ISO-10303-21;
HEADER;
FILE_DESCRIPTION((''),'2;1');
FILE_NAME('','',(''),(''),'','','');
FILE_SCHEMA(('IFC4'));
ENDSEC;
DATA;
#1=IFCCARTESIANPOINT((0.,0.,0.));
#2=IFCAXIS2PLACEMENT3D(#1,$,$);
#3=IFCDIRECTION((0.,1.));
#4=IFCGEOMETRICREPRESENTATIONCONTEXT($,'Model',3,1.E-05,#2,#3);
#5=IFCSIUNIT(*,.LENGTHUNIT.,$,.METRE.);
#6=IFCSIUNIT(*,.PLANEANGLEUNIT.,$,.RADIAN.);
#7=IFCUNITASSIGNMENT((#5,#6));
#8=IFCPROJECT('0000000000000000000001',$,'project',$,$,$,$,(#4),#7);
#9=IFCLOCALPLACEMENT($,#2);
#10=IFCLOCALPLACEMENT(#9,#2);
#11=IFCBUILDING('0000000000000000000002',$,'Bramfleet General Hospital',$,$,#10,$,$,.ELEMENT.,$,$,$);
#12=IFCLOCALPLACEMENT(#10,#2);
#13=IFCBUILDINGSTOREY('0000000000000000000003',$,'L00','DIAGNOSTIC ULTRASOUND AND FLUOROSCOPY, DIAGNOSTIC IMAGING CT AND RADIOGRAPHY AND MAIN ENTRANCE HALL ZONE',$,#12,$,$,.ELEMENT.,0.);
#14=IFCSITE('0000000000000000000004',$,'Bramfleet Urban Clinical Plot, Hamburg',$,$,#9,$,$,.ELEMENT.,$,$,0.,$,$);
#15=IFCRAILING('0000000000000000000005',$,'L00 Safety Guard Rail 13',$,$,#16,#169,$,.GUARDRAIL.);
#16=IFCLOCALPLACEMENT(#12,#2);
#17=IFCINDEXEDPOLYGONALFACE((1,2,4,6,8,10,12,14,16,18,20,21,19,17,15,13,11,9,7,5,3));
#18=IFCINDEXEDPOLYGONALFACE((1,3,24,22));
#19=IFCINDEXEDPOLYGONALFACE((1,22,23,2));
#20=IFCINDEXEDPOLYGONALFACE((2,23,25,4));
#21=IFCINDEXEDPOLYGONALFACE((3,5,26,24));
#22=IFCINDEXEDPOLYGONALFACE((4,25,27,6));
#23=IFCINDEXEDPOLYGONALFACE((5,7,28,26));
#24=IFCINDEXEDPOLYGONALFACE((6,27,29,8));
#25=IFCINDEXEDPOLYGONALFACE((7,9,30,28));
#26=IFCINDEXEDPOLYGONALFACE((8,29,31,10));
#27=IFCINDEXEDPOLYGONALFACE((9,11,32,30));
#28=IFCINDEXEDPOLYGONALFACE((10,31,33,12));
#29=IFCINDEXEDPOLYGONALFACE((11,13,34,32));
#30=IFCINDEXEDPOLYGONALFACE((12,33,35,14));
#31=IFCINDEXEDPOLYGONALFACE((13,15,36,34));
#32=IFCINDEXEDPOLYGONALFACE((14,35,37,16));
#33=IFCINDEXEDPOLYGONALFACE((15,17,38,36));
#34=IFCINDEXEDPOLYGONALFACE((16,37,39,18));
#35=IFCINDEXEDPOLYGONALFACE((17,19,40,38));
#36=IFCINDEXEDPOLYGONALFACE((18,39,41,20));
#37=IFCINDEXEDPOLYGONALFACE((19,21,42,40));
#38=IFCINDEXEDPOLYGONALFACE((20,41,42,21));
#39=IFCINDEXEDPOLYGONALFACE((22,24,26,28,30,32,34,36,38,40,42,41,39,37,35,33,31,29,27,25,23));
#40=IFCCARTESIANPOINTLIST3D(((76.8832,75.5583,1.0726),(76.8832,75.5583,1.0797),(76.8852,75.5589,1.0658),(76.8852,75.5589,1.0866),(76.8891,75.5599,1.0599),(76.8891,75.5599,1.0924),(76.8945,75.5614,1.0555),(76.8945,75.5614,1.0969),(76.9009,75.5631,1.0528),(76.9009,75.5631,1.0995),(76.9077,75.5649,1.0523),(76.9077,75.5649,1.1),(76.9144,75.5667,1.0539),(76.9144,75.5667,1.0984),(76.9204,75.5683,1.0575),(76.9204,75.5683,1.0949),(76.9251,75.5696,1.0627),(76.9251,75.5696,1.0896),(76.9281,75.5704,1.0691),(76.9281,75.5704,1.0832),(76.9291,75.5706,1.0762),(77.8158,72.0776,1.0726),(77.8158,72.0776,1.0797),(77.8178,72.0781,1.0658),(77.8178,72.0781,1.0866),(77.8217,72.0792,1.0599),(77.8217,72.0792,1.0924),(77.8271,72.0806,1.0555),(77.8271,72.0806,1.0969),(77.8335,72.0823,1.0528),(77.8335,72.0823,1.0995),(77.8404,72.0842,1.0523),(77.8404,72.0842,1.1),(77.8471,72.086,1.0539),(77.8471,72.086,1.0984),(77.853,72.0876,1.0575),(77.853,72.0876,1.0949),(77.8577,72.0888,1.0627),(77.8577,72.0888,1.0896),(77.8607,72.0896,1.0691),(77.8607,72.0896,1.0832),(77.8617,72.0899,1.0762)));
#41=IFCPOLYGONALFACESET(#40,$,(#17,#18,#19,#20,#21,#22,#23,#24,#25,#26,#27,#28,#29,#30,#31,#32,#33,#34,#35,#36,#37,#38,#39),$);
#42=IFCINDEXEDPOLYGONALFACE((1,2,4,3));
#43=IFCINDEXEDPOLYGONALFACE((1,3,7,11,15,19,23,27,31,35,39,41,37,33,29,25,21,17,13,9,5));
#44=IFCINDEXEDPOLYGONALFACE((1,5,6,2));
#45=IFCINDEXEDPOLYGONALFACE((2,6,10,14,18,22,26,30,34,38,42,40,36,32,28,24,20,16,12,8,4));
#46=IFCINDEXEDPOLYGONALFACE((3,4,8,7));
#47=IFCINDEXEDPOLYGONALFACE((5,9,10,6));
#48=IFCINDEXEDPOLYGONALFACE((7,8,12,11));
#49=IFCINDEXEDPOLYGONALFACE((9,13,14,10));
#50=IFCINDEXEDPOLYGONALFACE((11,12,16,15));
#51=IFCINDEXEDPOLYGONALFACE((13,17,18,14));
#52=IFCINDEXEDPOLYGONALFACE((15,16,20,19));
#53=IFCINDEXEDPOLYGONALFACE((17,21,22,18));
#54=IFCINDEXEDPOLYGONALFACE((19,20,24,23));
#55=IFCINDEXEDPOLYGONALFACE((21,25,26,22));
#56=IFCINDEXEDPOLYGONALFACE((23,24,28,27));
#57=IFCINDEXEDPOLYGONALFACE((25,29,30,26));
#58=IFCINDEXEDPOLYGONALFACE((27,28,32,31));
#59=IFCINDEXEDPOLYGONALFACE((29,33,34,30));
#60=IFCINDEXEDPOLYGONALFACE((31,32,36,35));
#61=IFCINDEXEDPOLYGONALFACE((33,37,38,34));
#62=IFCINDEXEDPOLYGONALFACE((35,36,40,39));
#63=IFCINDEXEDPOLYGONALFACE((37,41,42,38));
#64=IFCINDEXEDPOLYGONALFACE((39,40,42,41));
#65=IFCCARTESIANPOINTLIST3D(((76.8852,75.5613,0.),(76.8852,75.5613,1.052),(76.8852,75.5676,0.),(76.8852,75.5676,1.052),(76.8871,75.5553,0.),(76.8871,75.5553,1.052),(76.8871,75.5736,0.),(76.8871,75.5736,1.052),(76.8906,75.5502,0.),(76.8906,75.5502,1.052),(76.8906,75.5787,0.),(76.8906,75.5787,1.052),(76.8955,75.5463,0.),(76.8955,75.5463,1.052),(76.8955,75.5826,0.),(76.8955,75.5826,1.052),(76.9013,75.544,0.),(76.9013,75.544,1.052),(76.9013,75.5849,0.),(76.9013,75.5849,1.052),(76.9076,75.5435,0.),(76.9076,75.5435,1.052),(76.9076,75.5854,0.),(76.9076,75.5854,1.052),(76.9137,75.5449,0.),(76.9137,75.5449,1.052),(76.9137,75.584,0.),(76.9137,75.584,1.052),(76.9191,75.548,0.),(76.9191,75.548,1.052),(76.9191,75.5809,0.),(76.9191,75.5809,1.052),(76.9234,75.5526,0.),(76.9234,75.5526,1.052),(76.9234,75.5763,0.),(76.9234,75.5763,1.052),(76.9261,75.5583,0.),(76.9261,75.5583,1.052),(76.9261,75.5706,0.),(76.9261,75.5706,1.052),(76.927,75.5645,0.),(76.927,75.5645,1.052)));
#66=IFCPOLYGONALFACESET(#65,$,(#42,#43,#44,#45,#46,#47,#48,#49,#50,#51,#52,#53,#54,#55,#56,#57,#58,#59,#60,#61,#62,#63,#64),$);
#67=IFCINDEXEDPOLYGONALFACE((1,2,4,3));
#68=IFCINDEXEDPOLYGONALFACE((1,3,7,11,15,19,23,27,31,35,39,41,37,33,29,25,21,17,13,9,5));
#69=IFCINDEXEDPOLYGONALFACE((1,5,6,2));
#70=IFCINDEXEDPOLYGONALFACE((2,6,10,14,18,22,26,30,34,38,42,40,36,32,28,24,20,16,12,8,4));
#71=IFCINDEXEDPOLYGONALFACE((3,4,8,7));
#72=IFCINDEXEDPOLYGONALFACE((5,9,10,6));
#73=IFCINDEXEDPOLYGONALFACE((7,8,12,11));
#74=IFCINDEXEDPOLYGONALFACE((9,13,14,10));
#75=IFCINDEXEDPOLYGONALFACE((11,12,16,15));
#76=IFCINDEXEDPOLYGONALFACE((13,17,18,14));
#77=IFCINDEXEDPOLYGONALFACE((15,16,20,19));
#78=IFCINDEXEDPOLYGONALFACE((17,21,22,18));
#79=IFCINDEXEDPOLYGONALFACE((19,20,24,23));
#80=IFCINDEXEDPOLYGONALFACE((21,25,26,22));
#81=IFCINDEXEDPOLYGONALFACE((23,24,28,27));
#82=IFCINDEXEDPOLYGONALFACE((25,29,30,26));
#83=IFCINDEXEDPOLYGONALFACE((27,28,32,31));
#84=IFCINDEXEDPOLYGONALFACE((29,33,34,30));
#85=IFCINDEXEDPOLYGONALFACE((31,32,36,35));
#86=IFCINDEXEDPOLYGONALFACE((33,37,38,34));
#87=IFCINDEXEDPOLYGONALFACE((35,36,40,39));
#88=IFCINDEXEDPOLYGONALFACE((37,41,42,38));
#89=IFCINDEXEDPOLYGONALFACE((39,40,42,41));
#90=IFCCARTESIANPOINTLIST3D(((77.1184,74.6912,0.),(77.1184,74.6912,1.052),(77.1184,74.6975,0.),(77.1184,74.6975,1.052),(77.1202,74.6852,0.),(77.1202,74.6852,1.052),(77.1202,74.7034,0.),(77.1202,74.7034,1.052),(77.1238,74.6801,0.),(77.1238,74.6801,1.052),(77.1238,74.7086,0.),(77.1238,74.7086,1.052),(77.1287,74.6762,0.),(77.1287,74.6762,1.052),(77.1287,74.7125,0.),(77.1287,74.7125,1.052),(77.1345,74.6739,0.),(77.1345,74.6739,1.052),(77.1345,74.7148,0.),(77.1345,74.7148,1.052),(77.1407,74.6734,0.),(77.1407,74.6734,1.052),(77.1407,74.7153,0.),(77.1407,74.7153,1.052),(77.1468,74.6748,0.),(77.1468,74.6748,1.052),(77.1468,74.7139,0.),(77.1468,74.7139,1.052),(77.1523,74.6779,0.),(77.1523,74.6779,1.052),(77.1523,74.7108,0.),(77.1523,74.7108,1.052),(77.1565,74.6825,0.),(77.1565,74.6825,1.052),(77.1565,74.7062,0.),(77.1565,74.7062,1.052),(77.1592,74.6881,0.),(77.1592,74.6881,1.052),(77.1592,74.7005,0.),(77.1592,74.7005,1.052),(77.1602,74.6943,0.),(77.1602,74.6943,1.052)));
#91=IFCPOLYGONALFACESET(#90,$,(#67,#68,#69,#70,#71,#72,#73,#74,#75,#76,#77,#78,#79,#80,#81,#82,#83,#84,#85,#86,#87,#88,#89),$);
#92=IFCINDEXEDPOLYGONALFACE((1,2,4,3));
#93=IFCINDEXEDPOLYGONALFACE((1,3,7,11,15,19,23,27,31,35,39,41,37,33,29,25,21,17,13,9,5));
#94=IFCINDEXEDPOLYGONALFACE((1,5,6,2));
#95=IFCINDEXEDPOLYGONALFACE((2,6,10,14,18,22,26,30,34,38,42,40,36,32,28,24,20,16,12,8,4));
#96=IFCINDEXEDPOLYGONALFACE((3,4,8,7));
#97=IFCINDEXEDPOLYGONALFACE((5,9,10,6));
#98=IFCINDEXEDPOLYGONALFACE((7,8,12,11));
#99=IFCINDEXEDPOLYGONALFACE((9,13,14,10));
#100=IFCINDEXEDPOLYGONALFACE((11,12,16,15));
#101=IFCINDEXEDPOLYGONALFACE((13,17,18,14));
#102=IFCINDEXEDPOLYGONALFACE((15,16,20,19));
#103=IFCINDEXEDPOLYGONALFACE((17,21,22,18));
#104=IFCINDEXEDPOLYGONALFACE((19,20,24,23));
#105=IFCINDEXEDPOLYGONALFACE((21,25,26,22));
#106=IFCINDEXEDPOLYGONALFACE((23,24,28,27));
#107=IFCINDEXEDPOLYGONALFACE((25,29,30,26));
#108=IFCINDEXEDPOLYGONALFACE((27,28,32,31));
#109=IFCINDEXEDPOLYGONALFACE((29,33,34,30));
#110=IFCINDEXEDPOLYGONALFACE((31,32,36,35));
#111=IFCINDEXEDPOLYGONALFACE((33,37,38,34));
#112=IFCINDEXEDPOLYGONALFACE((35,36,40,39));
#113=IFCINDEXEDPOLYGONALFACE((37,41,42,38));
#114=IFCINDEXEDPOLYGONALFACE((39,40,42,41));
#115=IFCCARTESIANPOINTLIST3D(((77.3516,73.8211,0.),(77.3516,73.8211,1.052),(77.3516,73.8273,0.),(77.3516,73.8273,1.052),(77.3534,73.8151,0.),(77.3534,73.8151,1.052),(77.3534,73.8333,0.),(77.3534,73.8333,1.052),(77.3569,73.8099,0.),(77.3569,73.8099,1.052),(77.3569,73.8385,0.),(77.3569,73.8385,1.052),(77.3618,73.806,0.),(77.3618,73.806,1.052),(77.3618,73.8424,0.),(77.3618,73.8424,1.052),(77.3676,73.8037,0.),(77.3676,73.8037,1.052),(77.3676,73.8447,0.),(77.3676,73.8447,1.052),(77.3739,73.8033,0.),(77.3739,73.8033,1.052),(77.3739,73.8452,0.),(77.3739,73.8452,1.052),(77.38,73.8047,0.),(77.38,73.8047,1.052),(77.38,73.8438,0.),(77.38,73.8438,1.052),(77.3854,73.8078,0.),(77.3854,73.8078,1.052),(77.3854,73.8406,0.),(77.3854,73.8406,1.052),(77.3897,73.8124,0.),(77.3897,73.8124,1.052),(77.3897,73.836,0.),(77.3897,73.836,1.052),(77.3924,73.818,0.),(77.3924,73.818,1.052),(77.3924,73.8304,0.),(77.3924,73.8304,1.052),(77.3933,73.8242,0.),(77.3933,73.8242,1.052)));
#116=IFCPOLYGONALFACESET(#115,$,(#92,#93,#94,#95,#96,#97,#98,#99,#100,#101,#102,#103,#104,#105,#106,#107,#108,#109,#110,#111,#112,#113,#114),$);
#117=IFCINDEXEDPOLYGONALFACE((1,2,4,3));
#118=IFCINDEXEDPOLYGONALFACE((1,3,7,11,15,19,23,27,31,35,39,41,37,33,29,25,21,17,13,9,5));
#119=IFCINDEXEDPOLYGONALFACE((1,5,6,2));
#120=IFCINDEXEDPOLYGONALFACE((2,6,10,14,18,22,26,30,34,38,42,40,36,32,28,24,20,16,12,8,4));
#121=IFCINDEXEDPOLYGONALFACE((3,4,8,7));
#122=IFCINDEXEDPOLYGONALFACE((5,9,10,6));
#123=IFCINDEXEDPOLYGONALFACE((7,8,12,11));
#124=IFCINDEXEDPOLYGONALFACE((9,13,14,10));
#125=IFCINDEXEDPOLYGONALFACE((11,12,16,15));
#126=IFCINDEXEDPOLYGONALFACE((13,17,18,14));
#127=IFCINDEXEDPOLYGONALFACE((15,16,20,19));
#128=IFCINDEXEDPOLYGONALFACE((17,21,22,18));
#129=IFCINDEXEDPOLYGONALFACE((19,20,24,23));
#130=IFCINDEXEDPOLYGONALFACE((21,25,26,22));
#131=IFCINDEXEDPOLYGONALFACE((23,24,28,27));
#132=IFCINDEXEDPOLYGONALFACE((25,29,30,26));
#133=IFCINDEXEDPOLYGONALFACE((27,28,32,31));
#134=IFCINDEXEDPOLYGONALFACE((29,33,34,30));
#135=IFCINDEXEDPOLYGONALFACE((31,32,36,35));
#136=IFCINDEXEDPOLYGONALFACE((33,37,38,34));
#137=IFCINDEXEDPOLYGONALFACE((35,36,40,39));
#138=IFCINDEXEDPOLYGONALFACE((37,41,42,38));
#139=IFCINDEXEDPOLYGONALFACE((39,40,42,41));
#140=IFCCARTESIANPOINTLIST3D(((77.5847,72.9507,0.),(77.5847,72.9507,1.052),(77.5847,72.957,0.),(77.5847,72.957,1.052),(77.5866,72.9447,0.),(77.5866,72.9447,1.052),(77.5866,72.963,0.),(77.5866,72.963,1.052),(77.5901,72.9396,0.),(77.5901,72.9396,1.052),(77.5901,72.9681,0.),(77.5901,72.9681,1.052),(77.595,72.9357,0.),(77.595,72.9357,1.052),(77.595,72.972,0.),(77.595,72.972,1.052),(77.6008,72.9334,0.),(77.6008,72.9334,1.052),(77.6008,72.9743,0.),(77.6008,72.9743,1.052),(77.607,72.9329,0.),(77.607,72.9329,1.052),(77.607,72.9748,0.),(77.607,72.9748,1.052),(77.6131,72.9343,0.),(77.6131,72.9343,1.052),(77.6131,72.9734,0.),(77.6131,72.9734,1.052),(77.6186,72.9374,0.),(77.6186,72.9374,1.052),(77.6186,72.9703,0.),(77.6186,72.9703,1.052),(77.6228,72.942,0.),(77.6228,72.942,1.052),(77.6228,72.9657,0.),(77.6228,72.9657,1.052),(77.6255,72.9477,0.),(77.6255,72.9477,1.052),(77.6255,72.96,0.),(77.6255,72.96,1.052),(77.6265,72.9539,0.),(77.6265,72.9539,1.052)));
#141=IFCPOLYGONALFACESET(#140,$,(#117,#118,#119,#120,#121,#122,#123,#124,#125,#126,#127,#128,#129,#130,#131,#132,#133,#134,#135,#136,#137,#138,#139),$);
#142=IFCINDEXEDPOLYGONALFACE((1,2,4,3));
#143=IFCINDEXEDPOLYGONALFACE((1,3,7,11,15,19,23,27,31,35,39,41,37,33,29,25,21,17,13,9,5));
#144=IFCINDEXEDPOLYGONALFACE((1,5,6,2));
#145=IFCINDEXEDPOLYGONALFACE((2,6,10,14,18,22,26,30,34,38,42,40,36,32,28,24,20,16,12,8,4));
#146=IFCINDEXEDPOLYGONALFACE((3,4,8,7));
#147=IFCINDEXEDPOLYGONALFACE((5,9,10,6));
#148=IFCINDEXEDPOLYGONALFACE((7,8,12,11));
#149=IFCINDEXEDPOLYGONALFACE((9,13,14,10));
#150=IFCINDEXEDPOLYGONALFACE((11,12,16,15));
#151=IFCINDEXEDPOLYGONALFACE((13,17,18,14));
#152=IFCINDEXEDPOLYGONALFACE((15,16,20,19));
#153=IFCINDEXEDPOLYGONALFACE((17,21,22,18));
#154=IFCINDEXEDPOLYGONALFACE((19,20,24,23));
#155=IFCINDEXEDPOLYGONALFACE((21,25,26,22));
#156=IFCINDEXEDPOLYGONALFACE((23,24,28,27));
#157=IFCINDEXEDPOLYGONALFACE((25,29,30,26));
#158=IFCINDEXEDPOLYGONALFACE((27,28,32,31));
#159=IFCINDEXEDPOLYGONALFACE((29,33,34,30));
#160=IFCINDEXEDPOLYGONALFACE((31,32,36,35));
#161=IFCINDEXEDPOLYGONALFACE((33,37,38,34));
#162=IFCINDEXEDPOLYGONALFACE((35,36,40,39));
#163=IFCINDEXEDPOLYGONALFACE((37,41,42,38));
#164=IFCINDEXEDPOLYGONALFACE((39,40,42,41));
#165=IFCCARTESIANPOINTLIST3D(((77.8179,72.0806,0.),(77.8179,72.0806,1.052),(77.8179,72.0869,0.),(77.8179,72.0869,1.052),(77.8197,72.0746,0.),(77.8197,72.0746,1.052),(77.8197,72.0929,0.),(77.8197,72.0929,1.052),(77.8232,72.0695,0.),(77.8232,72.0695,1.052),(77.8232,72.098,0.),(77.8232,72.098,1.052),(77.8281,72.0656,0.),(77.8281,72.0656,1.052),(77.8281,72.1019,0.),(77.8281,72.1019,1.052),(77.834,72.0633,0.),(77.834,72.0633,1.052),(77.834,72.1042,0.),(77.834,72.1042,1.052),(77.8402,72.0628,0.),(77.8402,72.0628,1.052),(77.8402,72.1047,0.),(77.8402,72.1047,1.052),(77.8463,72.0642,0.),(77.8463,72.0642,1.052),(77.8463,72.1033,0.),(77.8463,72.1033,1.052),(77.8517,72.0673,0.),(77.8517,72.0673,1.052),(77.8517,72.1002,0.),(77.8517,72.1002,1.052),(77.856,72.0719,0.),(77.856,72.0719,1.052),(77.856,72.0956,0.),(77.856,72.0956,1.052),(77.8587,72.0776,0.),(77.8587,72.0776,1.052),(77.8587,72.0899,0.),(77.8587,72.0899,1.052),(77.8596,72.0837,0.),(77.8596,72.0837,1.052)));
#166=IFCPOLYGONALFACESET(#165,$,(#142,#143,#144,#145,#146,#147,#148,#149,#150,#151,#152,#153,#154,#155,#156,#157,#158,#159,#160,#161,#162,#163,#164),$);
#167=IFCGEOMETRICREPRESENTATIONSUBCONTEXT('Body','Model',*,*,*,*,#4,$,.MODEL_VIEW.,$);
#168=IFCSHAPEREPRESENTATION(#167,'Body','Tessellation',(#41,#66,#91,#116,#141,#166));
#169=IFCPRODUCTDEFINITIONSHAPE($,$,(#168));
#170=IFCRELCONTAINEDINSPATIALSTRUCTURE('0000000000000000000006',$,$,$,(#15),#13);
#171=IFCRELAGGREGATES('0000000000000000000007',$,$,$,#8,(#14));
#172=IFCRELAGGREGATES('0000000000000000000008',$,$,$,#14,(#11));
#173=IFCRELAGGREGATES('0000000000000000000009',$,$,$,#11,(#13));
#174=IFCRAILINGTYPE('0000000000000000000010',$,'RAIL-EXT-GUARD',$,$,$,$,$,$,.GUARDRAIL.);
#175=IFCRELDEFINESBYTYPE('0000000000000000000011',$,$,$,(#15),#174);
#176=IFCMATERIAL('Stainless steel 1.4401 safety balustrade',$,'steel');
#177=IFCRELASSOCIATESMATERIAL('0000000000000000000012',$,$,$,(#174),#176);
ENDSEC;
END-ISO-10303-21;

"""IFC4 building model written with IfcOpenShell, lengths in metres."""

from ifc_helpers import new_model, si_unit, direction, frame, origin, origin_2d, place, context, subcontext, project, spatial, circle, extrude, material, type_object, element, save


model = new_model("IFC4")

# Units and contexts
model_context = context("Model", 3, precision=1e-05, world=origin(), true_north=direction((0.0, 1.0)))
body_context = subcontext(model_context, "Body", "Model", "MODEL_VIEW")
ifc_project = project(units=[si_unit("LENGTHUNIT", "METRE"), si_unit("PLANEANGLEUNIT", "RADIAN")], contexts=[model_context])

# Site, building, storey
site_placement = place(None, origin())
site = spatial("IfcSite", under=ifc_project, at=site_placement, Name="Bramfleet Urban Clinical Plot, Hamburg", CompositionType="ELEMENT", RefElevation=0.0)
building_placement = place(site_placement, origin())
building = spatial("IfcBuilding", under=site, at=building_placement, Name="Bramfleet General Hospital", CompositionType="ELEMENT")
storey_placement = place(building_placement, origin())
storey = spatial("IfcBuildingStorey", under=building, at=storey_placement, Name="L00", Description="DIAGNOSTIC ULTRASOUND AND FLUOROSCOPY, DIAGNOSTIC IMAGING CT AND RADIOGRAPHY AND MAIN ENTRANCE HALL ZONE", CompositionType="ELEMENT", Elevation=0.0)

# Railing
ifc_material_1 = material(Name="Stainless steel 1.4401 safety balustrade", Category="steel")
railing_type = type_object("IfcRailingType", Name="RAIL-EXT-GUARD", PredefinedType="GUARDRAIL", material=ifc_material_1)
railing_placement = place(storey_placement, frame((76.906, 75.5645, 0.0)))
element("IfcRailing", 1, at=railing_placement, inside=storey, type_object=railing_type, Name="L00 Safety Guard Rail 13", PredefinedType="GUARDRAIL", context=body_context, shape_type="SweptSolid", body=[
    extrude(circle(Radius=0.0239, at=origin_2d()), frame((0.0, 0.0, 1.0762), z_axis=(0.258809, -0.965928, 0.0), x_axis=(0.965928, 0.258809, 0.0)), (0.0, 0.0, 1.0), 3.6035),
    extrude(circle(Radius=0.021, at=origin_2d()), origin(), (0.0, 0.0, 1.0), 1.052),
    extrude(circle(Radius=0.021, at=origin_2d()), frame((0.2332, -0.8701, 0.0)), (0.0, 0.0, 1.0), 1.052),
    extrude(circle(Radius=0.021, at=origin_2d()), frame((0.4663, -1.7402, 0.0)), (0.0, 0.0, 1.0), 1.052),
    extrude(circle(Radius=0.021, at=origin_2d()), frame((0.6995, -2.6106, 0.0)), (0.0, 0.0, 1.0), 1.052),
    extrude(circle(Radius=0.021, at=origin_2d()), frame((0.9326, -3.4807, 0.0)), (0.0, 0.0, 1.0), 1.052),
])

save(model, "model.ifc")
